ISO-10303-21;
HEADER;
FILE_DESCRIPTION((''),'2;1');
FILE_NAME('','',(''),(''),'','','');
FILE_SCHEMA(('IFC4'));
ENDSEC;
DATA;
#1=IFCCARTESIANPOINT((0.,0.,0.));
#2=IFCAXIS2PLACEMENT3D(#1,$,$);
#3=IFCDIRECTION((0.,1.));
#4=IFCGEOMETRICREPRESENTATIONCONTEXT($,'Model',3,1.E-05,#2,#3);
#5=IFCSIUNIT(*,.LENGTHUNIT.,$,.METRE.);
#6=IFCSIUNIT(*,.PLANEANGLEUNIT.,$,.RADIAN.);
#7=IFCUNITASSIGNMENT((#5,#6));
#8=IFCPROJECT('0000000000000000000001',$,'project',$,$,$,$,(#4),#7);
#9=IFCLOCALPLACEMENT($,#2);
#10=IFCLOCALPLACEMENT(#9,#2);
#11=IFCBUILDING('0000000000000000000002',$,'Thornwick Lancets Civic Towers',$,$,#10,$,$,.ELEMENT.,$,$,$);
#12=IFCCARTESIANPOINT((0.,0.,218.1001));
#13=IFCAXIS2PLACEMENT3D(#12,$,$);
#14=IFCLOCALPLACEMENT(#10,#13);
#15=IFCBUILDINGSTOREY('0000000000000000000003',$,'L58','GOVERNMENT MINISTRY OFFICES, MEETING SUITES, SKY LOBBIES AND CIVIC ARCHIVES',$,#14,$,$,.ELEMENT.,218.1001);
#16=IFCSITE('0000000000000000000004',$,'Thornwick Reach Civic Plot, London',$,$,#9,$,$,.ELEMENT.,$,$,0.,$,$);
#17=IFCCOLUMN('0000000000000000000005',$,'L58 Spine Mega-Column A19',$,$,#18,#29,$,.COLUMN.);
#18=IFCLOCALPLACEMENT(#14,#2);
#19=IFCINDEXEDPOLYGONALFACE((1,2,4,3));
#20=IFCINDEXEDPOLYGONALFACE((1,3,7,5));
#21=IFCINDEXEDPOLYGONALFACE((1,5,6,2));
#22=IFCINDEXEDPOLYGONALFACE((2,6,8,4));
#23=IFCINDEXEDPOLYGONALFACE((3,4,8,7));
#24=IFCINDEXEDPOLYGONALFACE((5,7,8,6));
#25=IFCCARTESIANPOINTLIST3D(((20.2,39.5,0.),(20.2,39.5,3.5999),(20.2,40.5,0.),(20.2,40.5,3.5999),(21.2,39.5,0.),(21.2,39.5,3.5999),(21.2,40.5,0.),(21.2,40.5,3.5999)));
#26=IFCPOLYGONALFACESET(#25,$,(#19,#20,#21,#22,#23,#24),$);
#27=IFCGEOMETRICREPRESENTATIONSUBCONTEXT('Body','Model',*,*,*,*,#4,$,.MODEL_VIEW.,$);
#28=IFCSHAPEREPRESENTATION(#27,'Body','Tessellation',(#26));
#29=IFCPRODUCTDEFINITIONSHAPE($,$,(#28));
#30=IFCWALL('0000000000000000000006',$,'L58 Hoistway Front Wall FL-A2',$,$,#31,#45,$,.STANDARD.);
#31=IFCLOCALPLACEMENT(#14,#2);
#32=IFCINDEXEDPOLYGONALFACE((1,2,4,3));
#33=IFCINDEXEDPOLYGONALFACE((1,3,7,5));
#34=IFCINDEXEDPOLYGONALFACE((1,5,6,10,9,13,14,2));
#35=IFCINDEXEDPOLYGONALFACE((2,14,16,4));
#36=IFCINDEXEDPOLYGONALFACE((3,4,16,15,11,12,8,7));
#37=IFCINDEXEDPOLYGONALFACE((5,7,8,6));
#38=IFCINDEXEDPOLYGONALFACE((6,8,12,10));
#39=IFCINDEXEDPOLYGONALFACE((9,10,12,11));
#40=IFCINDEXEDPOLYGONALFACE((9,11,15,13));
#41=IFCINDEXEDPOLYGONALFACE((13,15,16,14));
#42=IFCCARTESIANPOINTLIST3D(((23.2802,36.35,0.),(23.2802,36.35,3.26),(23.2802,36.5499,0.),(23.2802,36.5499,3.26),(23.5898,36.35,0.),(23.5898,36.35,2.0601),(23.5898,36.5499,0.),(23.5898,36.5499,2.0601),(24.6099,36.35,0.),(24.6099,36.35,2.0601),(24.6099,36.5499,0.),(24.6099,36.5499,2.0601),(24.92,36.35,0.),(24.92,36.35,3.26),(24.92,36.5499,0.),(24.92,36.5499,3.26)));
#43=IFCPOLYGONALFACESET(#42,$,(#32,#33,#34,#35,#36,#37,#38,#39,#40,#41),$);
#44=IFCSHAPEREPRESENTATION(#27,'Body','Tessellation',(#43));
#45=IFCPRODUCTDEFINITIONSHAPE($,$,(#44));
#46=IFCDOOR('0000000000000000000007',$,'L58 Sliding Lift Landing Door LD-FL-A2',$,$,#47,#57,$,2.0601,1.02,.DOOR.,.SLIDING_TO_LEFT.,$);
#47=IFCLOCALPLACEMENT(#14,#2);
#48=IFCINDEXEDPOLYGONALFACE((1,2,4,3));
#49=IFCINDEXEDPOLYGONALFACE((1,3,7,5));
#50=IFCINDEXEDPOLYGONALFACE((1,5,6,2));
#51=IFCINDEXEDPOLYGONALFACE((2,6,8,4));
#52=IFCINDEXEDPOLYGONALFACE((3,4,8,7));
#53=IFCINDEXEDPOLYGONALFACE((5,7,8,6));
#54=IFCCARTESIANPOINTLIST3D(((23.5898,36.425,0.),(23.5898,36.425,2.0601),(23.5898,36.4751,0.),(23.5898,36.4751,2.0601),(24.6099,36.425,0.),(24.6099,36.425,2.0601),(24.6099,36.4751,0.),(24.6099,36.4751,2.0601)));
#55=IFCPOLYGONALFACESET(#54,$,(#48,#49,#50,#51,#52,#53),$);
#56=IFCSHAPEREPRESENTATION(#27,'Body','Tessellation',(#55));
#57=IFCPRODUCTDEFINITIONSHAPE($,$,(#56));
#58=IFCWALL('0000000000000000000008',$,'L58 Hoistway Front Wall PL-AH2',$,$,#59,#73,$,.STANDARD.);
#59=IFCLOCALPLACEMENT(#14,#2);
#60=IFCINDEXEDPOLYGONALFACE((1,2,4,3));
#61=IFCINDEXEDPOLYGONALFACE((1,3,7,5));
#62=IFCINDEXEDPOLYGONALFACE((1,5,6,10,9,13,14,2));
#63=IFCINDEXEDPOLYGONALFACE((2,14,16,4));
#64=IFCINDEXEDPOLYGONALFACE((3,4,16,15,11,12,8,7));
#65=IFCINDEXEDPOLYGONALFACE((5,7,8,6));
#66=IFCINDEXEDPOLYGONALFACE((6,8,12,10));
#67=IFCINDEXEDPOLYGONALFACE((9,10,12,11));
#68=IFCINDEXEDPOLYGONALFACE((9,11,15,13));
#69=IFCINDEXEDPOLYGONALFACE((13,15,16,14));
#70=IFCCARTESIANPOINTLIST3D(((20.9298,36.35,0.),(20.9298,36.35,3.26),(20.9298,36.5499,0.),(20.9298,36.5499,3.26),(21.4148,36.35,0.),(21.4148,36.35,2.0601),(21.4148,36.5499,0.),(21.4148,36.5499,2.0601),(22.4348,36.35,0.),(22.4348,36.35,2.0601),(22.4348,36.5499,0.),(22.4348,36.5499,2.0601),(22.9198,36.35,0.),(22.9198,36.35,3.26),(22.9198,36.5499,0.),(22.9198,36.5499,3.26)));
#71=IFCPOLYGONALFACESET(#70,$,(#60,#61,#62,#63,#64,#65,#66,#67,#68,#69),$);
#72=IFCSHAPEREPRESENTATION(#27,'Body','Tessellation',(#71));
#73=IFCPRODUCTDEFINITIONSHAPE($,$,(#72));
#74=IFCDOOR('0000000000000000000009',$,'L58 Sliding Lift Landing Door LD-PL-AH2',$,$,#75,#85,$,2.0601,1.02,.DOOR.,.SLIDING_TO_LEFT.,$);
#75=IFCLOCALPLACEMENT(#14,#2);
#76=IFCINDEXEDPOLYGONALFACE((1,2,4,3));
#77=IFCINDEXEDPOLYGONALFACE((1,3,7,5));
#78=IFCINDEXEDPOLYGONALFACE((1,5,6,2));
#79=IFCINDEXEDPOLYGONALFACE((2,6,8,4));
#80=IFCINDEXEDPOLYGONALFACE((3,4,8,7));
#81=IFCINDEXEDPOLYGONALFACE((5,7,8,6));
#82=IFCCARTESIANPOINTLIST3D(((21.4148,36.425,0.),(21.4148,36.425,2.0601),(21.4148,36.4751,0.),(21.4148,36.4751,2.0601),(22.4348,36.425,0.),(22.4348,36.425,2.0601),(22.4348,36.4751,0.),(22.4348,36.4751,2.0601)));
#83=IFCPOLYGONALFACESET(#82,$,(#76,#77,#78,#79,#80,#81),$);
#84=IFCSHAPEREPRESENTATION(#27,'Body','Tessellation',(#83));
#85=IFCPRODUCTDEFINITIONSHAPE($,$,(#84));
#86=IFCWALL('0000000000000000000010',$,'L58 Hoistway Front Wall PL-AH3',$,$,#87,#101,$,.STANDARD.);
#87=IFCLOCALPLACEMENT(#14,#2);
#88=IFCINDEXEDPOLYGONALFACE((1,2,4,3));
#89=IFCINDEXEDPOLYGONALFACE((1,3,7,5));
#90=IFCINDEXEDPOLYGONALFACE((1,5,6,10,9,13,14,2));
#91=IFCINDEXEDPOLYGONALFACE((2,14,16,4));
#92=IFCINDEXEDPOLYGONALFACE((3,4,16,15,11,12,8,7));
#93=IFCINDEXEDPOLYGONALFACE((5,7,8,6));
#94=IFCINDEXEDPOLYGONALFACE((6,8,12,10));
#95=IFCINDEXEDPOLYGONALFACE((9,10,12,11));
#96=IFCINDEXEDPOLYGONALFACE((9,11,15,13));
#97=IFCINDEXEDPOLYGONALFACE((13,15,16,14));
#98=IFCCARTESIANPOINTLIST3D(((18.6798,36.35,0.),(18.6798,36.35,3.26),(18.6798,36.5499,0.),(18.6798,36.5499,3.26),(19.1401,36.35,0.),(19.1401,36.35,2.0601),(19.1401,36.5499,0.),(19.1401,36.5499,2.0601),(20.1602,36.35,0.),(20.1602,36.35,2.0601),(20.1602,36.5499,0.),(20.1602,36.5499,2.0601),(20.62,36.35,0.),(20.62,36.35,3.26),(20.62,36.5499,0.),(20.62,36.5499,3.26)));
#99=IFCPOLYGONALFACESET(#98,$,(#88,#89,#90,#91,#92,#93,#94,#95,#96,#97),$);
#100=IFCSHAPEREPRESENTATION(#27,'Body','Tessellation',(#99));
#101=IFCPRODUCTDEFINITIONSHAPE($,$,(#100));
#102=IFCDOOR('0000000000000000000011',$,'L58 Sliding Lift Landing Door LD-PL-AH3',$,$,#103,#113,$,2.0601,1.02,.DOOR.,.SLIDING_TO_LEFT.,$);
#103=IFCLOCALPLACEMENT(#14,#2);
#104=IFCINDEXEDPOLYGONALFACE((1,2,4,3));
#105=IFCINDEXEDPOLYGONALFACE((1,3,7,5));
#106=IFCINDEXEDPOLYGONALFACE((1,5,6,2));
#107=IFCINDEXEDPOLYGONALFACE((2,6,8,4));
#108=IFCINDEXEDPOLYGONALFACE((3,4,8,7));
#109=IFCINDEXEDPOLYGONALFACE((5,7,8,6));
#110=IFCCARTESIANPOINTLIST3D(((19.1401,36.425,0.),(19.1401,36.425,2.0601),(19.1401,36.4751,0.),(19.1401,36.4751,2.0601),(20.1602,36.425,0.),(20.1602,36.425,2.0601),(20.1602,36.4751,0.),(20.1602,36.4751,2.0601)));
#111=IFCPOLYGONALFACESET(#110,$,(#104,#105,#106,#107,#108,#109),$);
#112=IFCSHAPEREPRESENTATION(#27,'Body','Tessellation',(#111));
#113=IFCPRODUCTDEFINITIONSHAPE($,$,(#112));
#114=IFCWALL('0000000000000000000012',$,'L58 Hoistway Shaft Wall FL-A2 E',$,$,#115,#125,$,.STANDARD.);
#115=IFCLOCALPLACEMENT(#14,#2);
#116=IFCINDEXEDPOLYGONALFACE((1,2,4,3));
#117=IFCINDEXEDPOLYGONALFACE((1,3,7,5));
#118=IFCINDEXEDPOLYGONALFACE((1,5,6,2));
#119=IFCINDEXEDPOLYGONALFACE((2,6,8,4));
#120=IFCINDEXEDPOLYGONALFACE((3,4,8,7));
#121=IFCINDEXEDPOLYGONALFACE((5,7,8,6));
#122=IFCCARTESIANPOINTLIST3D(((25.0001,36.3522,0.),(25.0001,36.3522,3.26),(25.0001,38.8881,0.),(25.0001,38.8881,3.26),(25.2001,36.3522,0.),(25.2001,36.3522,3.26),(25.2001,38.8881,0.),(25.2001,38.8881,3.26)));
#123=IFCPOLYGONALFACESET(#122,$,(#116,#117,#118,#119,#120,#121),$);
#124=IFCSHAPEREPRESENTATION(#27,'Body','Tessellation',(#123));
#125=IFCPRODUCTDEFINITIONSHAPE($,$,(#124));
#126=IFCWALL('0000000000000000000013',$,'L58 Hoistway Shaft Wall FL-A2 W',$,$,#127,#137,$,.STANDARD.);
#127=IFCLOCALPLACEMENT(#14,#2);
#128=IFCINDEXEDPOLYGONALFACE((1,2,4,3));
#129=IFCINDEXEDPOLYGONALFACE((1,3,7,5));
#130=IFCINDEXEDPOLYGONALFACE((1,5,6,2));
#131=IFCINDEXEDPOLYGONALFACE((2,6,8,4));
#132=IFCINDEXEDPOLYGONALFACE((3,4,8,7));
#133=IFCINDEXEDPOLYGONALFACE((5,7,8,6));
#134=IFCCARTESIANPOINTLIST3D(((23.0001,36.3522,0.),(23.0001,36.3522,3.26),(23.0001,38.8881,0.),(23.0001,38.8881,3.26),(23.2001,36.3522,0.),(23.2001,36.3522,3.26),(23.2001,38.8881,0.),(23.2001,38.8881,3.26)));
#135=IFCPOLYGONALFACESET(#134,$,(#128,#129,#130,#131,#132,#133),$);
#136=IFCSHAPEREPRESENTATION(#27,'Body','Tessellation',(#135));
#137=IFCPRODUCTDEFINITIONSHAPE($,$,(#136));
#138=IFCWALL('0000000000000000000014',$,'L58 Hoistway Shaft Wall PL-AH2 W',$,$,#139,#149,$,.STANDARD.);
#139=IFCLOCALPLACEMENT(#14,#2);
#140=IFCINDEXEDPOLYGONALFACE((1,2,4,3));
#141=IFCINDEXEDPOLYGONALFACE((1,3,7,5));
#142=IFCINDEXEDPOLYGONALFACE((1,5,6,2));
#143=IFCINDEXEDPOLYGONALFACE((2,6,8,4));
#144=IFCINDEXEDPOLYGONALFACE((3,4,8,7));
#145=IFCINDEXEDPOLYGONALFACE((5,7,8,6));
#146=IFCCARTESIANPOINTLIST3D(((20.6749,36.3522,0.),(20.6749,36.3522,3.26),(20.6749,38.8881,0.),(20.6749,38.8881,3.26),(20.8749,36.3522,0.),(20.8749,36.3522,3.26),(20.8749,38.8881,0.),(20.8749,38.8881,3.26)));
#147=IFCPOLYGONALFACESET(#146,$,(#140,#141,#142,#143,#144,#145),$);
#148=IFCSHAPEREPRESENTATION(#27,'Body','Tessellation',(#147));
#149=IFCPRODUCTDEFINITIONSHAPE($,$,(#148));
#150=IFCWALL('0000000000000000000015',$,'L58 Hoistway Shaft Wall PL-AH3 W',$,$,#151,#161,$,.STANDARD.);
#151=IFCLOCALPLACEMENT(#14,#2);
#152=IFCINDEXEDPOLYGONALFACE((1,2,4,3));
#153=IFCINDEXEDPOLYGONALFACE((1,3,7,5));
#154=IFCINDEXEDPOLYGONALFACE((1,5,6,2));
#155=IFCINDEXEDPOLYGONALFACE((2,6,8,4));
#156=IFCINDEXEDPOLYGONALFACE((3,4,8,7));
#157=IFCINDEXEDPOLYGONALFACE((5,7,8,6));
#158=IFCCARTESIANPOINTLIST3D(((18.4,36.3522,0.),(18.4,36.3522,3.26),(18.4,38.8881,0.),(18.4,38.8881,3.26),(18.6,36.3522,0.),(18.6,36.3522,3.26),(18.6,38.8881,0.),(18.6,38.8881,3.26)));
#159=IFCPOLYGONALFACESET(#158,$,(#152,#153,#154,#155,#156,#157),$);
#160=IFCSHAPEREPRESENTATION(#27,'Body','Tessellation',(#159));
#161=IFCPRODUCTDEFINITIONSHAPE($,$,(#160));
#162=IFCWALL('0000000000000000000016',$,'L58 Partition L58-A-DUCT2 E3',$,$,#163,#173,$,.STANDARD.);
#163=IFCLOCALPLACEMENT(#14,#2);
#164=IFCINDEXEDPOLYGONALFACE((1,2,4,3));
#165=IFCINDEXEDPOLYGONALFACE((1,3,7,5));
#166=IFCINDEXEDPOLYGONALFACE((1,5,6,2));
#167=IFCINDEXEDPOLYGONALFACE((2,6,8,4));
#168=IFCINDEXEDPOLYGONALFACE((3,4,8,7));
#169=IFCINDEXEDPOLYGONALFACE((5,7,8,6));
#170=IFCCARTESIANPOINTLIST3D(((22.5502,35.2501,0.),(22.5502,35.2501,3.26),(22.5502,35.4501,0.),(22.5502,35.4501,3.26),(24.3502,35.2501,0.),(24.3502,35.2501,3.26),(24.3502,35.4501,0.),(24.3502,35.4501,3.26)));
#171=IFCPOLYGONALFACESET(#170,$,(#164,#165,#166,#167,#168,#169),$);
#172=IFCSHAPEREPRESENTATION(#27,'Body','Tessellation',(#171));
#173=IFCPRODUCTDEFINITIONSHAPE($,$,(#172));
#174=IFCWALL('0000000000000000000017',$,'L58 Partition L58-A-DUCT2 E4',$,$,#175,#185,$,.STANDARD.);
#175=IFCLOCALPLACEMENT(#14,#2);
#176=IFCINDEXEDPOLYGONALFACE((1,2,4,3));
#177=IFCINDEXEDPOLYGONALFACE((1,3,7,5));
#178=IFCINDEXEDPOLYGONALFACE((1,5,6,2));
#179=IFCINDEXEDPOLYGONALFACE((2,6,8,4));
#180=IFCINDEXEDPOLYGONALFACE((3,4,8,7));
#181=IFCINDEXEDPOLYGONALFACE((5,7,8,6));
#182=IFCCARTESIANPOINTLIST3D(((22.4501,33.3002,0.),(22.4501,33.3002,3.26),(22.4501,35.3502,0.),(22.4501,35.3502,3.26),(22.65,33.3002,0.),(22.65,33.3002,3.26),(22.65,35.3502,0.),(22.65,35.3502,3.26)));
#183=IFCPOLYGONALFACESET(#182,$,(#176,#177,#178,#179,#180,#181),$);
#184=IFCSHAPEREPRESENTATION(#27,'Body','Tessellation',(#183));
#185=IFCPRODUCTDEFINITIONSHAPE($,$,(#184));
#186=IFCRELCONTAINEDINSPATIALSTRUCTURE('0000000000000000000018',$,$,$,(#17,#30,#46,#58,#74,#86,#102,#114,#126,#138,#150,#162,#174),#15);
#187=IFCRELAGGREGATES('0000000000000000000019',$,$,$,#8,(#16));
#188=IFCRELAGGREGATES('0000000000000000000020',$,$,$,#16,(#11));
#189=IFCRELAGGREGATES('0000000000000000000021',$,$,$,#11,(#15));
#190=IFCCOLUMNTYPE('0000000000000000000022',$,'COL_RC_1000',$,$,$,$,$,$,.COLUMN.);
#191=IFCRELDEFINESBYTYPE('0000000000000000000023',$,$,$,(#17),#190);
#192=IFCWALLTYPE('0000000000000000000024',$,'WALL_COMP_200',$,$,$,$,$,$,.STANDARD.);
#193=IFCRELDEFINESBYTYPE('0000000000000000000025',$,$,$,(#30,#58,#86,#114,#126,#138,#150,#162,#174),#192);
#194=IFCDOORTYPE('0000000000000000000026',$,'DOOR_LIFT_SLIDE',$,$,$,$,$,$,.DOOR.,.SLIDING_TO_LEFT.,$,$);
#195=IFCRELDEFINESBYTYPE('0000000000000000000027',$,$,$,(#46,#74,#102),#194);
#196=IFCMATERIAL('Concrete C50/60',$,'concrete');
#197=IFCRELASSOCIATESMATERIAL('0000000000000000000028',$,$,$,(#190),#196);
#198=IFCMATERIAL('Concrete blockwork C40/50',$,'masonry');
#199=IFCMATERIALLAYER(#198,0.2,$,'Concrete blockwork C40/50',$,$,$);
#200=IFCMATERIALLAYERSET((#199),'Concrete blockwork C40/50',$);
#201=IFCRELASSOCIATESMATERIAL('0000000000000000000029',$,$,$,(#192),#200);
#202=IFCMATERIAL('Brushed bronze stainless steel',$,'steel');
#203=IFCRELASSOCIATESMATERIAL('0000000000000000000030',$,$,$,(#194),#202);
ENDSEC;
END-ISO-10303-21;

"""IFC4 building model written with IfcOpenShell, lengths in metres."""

from ifc_helpers import new_model, si_unit, direction, frame, frame_2d, origin, origin_2d, place, context, subcontext, project, spatial, rectangle, extrude, material, layer, layer_set, material_profile, profile_set, type_object, element, fill, save


model = new_model("IFC4")

# Units and contexts
model_context = context("Model", 3, precision=1e-05, world=origin(), true_north=direction((0.0, 1.0)))
body_context = subcontext(model_context, "Body", "Model", "MODEL_VIEW")
ifc_project = project(units=[si_unit("LENGTHUNIT", "METRE"), si_unit("PLANEANGLEUNIT", "RADIAN")], contexts=[model_context])

# Site, building, storey
site_placement = place(None, origin())
site = spatial("IfcSite", under=ifc_project, at=site_placement, Name="Thornwick Reach Civic Plot, London", CompositionType="ELEMENT", RefElevation=0.0)
building_placement = place(site_placement, origin())
building = spatial("IfcBuilding", under=site, at=building_placement, Name="Thornwick Lancets Civic Towers", CompositionType="ELEMENT")
storey_placement = place(building_placement, frame((0.0, 0.0, 218.1001)))
storey = spatial("IfcBuildingStorey", under=building, at=storey_placement, Name="L58", Description="GOVERNMENT MINISTRY OFFICES, MEETING SUITES, SKY LOBBIES AND CIVIC ARCHIVES", CompositionType="ELEMENT", Elevation=218.1001)

# Column
ifc_material_1 = material(Name="Concrete C50/60", Category="concrete")
ifc_material_profile = material_profile(ifc_material_1, rectangle(XDim=1.0, YDim=1.0, at=origin_2d()), Name="RC 1000x1000")
ifc_profile_set = profile_set([ifc_material_profile], Name="Concrete C50/60")
column_type = type_object("IfcColumnType", Name="COL_RC_1000", PredefinedType="COLUMN", material=ifc_profile_set)
column_placement = place(storey_placement, frame((20.7, 40.0, 0.0), z_axis=(0.0, 0.0, 1.0), x_axis=(1.0, 0.0, 0.0)))
element("IfcColumn", 1, at=column_placement, inside=storey, type_object=column_type, Name="L58 Spine Mega-Column A19", PredefinedType="COLUMN", context=body_context, shape_type="SweptSolid", body=[
    extrude(rectangle(XDim=1.0, YDim=1.0, at=origin_2d()), origin(), (0.0, 0.0, 1.0), 3.5999),
])

# Walls, openings, doors
ifc_material_2 = material(Name="Concrete blockwork C40/50", Category="masonry")
ifc_layer_1 = layer(ifc_material_2, 0.2, Name="Concrete blockwork C40/50")
ifc_layer_set_1 = layer_set([ifc_layer_1], Name="Concrete blockwork C40/50")
wall_type_1 = type_object("IfcWallType", Name="WALL_COMP_200", PredefinedType="STANDARD", material=ifc_layer_set_1)
wall_1_placement = place(storey_placement, frame((24.9199, 36.45, 0.0), z_axis=(0.0, 0.0, 1.0), x_axis=(-1.0, 0.0, 0.0)))
wall_1 = element("IfcWall", 2, at=wall_1_placement, inside=storey, type_object=wall_type_1, Name="L58 Hoistway Front Wall FL-A2", PredefinedType="STANDARD", context=body_context, shape_type="SweptSolid", body=[
    extrude(rectangle(XDim=1.6399, YDim=0.2, at=frame_2d((0.8198, 0.0))), origin(), (0.0, 0.0, 1.0), 3.26),
])
opening_1_placement = place(wall_1_placement, frame((0.3101, 0.0, 0.0)))
opening_1 = element("IfcOpeningElement", 3, at=opening_1_placement, cuts=wall_1, PredefinedType="OPENING", context=body_context, shape_type="SweptSolid", body=[
    extrude(rectangle(XDim=1.02, YDim=2.0601, at=frame_2d((0.51, 1.03))), frame((0.0, 0.1099, 0.0), z_axis=(0.0, -1.0, 0.0), x_axis=(1.0, 0.0, 0.0)), (0.0, 0.0, 1.0), 0.22),
])
ifc_material_3 = material(Name="Brushed bronze stainless steel", Category="steel")
door_type = type_object("IfcDoorType", Name="DOOR_LIFT_SLIDE", OperationType="SLIDING_TO_LEFT", PredefinedType="DOOR", material=ifc_material_3)
door_1_placement = place(opening_1_placement, origin())
door_1 = element("IfcDoor", 4, at=door_1_placement, inside=storey, type_object=door_type, Name="L58 Sliding Lift Landing Door LD-FL-A2", OperationType="SLIDING_TO_LEFT", OverallHeight=2.0601, OverallWidth=1.02, PredefinedType="DOOR", context=body_context, shape_type="SweptSolid", body=[
    extrude(rectangle(XDim=1.02, YDim=2.0601, at=frame_2d((0.51, 1.03))), frame((0.0, 0.0249, 0.0), z_axis=(0.0, -1.0, 0.0), x_axis=(1.0, 0.0, 0.0)), (0.0, 0.0, 1.0), 0.05),
])
fill(opening_1, door_1)
wall_2_placement = place(storey_placement, frame((22.9199, 36.45, 0.0), z_axis=(0.0, 0.0, 1.0), x_axis=(-1.0, 0.0, 0.0)))
wall_2 = element("IfcWall", 5, at=wall_2_placement, inside=storey, type_object=wall_type_1, Name="L58 Hoistway Front Wall PL-AH2", PredefinedType="STANDARD", context=body_context, shape_type="SweptSolid", body=[
    extrude(rectangle(XDim=1.99, YDim=0.2, at=frame_2d((0.9951, 0.0))), origin(), (0.0, 0.0, 1.0), 3.26),
])
opening_2_placement = place(wall_2_placement, frame((0.4851, 0.0, 0.0)))
opening_2 = element("IfcOpeningElement", 6, at=opening_2_placement, cuts=wall_2, PredefinedType="OPENING", context=body_context, shape_type="SweptSolid", body=[
    extrude(rectangle(XDim=1.02, YDim=2.0601, at=frame_2d((0.51, 1.03))), frame((0.0, 0.1099, 0.0), z_axis=(0.0, -1.0, 0.0), x_axis=(1.0, 0.0, 0.0)), (0.0, 0.0, 1.0), 0.22),
])
door_2_placement = place(opening_2_placement, origin())
door_2 = element("IfcDoor", 7, at=door_2_placement, inside=storey, type_object=door_type, Name="L58 Sliding Lift Landing Door LD-PL-AH2", OperationType="SLIDING_TO_LEFT", OverallHeight=2.0601, OverallWidth=1.02, PredefinedType="DOOR", context=body_context, shape_type="SweptSolid", body=[
    extrude(rectangle(XDim=1.02, YDim=2.0601, at=frame_2d((0.51, 1.03))), frame((0.0, 0.0249, 0.0), z_axis=(0.0, -1.0, 0.0), x_axis=(1.0, 0.0, 0.0)), (0.0, 0.0, 1.0), 0.05),
])
fill(opening_2, door_2)
wall_3_placement = place(storey_placement, frame((20.6201, 36.45, 0.0), z_axis=(0.0, 0.0, 1.0), x_axis=(-1.0, 0.0, 0.0)))
wall_3 = element("IfcWall", 8, at=wall_3_placement, inside=storey, type_object=wall_type_1, Name="L58 Hoistway Front Wall PL-AH3", PredefinedType="STANDARD", context=body_context, shape_type="SweptSolid", body=[
    extrude(rectangle(XDim=1.9402, YDim=0.2, at=frame_2d((0.9702, 0.0))), origin(), (0.0, 0.0, 1.0), 3.26),
])
opening_3_placement = place(wall_3_placement, frame((0.46, 0.0, 0.0)))
opening_3 = element("IfcOpeningElement", 9, at=opening_3_placement, cuts=wall_3, PredefinedType="OPENING", context=body_context, shape_type="SweptSolid", body=[
    extrude(rectangle(XDim=1.02, YDim=2.0601, at=frame_2d((0.51, 1.03))), frame((0.0, 0.1099, 0.0), z_axis=(0.0, -1.0, 0.0), x_axis=(1.0, 0.0, 0.0)), (0.0, 0.0, 1.0), 0.22),
])
door_3_placement = place(opening_3_placement, origin())
door_3 = element("IfcDoor", 10, at=door_3_placement, inside=storey, type_object=door_type, Name="L58 Sliding Lift Landing Door LD-PL-AH3", OperationType="SLIDING_TO_LEFT", OverallHeight=2.0601, OverallWidth=1.02, PredefinedType="DOOR", context=body_context, shape_type="SweptSolid", body=[
    extrude(rectangle(XDim=1.02, YDim=2.0601, at=frame_2d((0.51, 1.03))), frame((0.0, 0.0249, 0.0), z_axis=(0.0, -1.0, 0.0), x_axis=(1.0, 0.0, 0.0)), (0.0, 0.0, 1.0), 0.05),
])
fill(opening_3, door_3)

# Walls
for number, where, z_axis, x_axis, name in (
    (11, (25.1001, 36.3521, 0.0), (0.0, 0.0, 1.0), (0.0, 1.0, 0.0), "L58 Hoistway Shaft Wall FL-A2 E"),
    (12, (23.1001, 36.3521, 0.0), (0.0, 0.0, 1.0), (0.0, 1.0, 0.0), "L58 Hoistway Shaft Wall FL-A2 W"),
    (13, (20.7749, 36.3521, 0.0), (0.0, 0.0, 1.0), (0.0, 1.0, 0.0), "L58 Hoistway Shaft Wall PL-AH2 W"),
    (14, (18.5, 36.3521, 0.0), (0.0, 0.0, 1.0), (0.0, 1.0, 0.0), "L58 Hoistway Shaft Wall PL-AH3 W"),
):
    element("IfcWall", number, at=place(storey_placement, frame(where, z_axis=z_axis, x_axis=x_axis)), inside=storey, type_object=wall_type_1, Name=name, PredefinedType="STANDARD", context=body_context, shape_type="SweptSolid", body=[
        extrude(rectangle(XDim=2.5359, YDim=0.2, at=frame_2d((1.2681, 0.0))), origin(), (0.0, 0.0, 1.0), 3.26),
    ])
wall_4_placement = place(storey_placement, frame((24.3501, 35.3501, 0.0), z_axis=(0.0, 0.0, 1.0), x_axis=(-1.0, 0.0, 0.0)))
element("IfcWall", 15, at=wall_4_placement, inside=storey, type_object=wall_type_1, Name="L58 Partition L58-A-DUCT2 E3", PredefinedType="STANDARD", context=body_context, shape_type="SweptSolid", body=[
    extrude(rectangle(XDim=1.8, YDim=0.2, at=frame_2d((0.8999, 0.0))), origin(), (0.0, 0.0, 1.0), 3.26),
])
wall_5_placement = place(storey_placement, frame((22.55, 35.3501, 0.0), z_axis=(0.0, 0.0, 1.0), x_axis=(0.0, -1.0, 0.0)))
element("IfcWall", 16, at=wall_5_placement, inside=storey, type_object=wall_type_1, Name="L58 Partition L58-A-DUCT2 E4", PredefinedType="STANDARD", context=body_context, shape_type="SweptSolid", body=[
    extrude(rectangle(XDim=2.05, YDim=0.2, at=frame_2d((1.0249, 0.0))), origin(), (0.0, 0.0, 1.0), 3.26),
])

save(model, "model.ifc")
